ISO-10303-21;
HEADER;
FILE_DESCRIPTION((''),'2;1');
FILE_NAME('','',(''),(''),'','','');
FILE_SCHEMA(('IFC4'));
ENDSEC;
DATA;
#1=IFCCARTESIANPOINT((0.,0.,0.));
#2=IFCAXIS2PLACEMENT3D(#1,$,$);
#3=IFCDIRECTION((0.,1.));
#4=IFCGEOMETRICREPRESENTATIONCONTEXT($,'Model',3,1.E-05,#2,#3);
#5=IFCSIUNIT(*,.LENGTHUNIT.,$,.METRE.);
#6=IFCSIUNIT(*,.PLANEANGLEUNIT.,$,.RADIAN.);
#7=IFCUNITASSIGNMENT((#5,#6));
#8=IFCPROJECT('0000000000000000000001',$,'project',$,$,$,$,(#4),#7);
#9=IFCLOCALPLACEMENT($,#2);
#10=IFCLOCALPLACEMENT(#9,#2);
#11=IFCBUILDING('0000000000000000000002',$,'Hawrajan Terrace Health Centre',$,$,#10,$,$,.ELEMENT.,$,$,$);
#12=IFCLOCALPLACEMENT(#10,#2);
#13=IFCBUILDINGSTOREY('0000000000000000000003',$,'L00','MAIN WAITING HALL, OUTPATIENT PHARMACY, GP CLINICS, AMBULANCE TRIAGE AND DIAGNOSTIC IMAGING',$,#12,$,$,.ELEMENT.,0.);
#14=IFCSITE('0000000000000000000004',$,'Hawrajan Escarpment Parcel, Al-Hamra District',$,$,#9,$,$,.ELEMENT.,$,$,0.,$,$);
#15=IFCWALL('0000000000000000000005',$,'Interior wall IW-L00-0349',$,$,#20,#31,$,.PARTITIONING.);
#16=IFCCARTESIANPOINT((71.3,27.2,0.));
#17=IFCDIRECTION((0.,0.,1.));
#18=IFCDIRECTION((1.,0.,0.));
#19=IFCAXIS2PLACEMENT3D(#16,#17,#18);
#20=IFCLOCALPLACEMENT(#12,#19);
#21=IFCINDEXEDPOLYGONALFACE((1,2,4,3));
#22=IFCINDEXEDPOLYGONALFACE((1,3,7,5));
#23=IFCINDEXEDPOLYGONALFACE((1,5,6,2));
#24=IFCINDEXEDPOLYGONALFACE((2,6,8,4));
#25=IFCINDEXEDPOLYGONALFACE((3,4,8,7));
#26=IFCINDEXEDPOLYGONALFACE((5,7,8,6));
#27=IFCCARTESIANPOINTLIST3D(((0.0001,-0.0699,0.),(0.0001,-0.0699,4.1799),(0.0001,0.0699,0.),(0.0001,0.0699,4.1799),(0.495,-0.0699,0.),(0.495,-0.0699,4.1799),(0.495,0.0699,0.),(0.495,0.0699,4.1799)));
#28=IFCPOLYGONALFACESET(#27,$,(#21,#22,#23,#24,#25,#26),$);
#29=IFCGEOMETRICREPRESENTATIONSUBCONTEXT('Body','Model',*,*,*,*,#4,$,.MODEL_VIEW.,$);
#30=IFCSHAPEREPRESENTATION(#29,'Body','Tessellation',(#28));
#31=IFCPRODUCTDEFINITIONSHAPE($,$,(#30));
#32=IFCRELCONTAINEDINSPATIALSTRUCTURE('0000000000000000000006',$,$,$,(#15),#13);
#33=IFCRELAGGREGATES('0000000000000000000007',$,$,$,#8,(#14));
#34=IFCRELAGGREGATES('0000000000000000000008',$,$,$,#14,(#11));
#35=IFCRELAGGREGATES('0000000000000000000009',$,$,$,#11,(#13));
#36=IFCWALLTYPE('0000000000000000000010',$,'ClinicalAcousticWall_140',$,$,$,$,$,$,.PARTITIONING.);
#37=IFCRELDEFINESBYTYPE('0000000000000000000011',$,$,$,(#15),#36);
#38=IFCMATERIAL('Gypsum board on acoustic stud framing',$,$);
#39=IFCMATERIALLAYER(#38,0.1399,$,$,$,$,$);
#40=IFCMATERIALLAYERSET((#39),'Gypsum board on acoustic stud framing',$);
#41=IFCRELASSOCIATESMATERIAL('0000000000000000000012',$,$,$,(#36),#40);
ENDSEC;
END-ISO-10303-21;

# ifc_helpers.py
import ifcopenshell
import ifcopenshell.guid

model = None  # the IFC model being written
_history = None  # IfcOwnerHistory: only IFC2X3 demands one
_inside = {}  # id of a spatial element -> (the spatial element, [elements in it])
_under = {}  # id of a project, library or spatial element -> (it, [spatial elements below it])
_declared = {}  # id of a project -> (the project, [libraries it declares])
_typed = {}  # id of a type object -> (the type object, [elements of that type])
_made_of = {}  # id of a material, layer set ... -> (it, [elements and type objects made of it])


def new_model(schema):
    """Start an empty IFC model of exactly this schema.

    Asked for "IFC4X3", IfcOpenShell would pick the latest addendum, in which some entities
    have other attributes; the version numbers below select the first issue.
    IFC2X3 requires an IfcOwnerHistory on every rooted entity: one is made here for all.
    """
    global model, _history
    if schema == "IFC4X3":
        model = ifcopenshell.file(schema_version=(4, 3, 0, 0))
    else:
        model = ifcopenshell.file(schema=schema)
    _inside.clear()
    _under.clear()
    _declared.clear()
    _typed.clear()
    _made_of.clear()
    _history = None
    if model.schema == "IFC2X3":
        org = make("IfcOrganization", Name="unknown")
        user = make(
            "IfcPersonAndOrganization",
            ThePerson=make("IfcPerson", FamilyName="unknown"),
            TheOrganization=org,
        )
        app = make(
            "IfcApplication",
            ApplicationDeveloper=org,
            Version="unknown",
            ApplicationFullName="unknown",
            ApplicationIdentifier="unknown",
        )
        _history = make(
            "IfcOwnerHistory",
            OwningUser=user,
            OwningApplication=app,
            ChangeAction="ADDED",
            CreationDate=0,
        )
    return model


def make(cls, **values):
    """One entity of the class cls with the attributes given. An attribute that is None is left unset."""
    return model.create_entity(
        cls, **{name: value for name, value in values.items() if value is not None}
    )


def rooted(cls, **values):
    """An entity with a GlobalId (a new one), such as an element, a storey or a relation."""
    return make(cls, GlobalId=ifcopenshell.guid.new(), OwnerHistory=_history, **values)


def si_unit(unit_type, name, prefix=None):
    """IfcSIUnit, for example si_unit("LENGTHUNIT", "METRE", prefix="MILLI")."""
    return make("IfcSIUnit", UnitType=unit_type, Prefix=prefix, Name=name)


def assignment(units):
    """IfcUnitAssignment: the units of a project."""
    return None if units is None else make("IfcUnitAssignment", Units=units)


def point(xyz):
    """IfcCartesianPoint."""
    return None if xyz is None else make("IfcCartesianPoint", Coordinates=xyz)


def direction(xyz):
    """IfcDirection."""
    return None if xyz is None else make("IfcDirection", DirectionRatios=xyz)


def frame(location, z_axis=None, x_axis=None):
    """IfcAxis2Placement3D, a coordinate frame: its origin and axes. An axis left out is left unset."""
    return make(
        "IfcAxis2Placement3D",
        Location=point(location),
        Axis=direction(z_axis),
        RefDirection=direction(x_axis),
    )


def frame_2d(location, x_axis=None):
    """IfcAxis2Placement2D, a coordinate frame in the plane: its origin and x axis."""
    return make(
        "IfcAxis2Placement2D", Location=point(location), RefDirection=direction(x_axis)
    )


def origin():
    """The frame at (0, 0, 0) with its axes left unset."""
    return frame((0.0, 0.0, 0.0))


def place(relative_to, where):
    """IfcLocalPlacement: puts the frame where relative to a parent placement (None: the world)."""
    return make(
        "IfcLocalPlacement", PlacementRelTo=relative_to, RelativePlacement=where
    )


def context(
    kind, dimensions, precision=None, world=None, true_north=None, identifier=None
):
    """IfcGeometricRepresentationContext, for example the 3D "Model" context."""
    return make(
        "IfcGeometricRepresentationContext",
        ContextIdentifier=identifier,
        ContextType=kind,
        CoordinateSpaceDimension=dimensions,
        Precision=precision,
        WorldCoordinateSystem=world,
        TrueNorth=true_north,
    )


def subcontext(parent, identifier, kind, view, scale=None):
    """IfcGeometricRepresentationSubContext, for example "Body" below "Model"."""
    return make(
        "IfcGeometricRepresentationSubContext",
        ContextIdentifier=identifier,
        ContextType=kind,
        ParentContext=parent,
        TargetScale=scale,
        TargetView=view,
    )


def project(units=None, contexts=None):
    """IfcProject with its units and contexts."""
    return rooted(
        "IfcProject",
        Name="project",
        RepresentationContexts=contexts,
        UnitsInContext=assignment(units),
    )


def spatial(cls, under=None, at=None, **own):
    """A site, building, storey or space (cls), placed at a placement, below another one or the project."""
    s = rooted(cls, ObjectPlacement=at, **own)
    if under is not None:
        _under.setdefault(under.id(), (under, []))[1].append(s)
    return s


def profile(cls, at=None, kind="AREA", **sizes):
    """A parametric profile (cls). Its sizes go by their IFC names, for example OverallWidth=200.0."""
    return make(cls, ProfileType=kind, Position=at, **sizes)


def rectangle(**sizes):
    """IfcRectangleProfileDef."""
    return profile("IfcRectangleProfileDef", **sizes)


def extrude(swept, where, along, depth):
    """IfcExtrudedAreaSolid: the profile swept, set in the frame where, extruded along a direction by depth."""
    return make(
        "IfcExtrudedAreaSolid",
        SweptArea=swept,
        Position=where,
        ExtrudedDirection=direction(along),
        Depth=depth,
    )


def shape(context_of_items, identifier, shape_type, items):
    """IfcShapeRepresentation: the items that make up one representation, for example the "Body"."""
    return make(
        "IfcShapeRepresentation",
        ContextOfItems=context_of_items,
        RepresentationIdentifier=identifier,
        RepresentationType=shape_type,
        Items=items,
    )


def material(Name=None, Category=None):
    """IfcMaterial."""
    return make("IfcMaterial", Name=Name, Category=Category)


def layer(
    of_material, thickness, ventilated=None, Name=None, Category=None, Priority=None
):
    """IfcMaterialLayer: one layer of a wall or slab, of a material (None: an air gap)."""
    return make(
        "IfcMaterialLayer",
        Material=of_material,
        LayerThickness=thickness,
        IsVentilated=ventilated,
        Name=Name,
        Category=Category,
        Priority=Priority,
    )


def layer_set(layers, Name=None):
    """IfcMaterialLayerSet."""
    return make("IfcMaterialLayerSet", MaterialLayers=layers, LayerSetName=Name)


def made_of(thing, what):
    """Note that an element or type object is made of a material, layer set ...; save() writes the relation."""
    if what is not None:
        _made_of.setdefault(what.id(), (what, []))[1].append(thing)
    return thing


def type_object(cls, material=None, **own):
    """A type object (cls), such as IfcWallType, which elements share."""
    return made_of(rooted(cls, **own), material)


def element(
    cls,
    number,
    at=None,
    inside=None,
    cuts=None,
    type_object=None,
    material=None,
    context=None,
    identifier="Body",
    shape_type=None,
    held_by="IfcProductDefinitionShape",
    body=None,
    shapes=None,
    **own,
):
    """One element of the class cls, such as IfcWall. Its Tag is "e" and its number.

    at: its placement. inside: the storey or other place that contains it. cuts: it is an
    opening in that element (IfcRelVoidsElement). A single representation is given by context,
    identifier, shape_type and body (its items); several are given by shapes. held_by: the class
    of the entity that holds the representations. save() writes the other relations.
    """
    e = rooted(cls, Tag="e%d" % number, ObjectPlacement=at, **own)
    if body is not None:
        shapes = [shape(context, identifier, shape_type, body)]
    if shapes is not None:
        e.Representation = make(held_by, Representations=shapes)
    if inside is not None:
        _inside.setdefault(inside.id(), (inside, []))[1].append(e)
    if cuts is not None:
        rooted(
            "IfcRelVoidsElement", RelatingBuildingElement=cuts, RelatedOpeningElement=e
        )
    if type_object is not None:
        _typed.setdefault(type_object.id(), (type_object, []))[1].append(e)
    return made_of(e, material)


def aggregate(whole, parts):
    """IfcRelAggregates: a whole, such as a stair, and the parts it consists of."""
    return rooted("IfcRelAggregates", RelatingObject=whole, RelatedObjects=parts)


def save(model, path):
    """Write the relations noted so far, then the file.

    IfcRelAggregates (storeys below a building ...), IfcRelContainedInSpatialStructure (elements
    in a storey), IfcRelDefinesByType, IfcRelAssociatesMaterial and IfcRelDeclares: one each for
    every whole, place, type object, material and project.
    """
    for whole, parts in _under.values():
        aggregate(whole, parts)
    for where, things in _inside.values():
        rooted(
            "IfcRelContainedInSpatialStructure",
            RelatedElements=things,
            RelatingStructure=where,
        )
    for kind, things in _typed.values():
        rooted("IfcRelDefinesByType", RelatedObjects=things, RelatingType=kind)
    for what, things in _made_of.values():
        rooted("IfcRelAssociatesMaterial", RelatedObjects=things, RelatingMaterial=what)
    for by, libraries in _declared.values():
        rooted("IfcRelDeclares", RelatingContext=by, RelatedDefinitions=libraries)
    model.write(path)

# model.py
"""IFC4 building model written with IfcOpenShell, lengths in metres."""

from ifc_helpers import new_model, si_unit, direction, frame, frame_2d, origin, place, context, subcontext, project, spatial, rectangle, extrude, material, layer, layer_set, type_object, element, save


model = new_model("IFC4")

# Units and contexts
model_context = context("Model", 3, precision=1e-05, world=origin(), true_north=direction((0.0, 1.0)))
body_context = subcontext(model_context, "Body", "Model", "MODEL_VIEW")
ifc_project = project(units=[si_unit("LENGTHUNIT", "METRE"), si_unit("PLANEANGLEUNIT", "RADIAN")], contexts=[model_context])

# Site, building, storey
site_placement = place(None, origin())
site = spatial("IfcSite", under=ifc_project, at=site_placement, Name="Hawrajan Escarpment Parcel, Al-Hamra District", CompositionType="ELEMENT", RefElevation=0.0)
building_placement = place(site_placement, origin())
building = spatial("IfcBuilding", under=site, at=building_placement, Name="Hawrajan Terrace Health Centre", CompositionType="ELEMENT")
storey_placement = place(building_placement, origin())
storey = spatial("IfcBuildingStorey", under=building, at=storey_placement, Name="L00", Description="MAIN WAITING HALL, OUTPATIENT PHARMACY, GP CLINICS, AMBULANCE TRIAGE AND DIAGNOSTIC IMAGING", CompositionType="ELEMENT", Elevation=0.0)

# Shared definitions
ifc_material_1 = material(Name="Gypsum board on acoustic stud framing")
ifc_layer_1 = layer(ifc_material_1, 0.1399)
ifc_layer_set_1 = layer_set([ifc_layer_1], Name="Gypsum board on acoustic stud framing")
wall_type_1 = type_object("IfcWallType", Name="ClinicalAcousticWall_140", PredefinedType="PARTITIONING", material=ifc_layer_set_1)

# Wall
wall_1_placement = place(storey_placement, frame((71.3, 27.2, 0.0), z_axis=(0.0, 0.0, 1.0), x_axis=(1.0, 0.0, 0.0)))
element("IfcWall", 1, at=wall_1_placement, inside=storey, type_object=wall_type_1, Name="Interior wall IW-L00-0349", PredefinedType="PARTITIONING", context=body_context, shape_type="SweptSolid", body=[
    extrude(rectangle(XDim=0.4949, YDim=0.1399, at=frame_2d((0.2476, 0.0))), origin(), (0.0, 0.0, 1.0), 4.1799),
])

save(model, "model.ifc")
